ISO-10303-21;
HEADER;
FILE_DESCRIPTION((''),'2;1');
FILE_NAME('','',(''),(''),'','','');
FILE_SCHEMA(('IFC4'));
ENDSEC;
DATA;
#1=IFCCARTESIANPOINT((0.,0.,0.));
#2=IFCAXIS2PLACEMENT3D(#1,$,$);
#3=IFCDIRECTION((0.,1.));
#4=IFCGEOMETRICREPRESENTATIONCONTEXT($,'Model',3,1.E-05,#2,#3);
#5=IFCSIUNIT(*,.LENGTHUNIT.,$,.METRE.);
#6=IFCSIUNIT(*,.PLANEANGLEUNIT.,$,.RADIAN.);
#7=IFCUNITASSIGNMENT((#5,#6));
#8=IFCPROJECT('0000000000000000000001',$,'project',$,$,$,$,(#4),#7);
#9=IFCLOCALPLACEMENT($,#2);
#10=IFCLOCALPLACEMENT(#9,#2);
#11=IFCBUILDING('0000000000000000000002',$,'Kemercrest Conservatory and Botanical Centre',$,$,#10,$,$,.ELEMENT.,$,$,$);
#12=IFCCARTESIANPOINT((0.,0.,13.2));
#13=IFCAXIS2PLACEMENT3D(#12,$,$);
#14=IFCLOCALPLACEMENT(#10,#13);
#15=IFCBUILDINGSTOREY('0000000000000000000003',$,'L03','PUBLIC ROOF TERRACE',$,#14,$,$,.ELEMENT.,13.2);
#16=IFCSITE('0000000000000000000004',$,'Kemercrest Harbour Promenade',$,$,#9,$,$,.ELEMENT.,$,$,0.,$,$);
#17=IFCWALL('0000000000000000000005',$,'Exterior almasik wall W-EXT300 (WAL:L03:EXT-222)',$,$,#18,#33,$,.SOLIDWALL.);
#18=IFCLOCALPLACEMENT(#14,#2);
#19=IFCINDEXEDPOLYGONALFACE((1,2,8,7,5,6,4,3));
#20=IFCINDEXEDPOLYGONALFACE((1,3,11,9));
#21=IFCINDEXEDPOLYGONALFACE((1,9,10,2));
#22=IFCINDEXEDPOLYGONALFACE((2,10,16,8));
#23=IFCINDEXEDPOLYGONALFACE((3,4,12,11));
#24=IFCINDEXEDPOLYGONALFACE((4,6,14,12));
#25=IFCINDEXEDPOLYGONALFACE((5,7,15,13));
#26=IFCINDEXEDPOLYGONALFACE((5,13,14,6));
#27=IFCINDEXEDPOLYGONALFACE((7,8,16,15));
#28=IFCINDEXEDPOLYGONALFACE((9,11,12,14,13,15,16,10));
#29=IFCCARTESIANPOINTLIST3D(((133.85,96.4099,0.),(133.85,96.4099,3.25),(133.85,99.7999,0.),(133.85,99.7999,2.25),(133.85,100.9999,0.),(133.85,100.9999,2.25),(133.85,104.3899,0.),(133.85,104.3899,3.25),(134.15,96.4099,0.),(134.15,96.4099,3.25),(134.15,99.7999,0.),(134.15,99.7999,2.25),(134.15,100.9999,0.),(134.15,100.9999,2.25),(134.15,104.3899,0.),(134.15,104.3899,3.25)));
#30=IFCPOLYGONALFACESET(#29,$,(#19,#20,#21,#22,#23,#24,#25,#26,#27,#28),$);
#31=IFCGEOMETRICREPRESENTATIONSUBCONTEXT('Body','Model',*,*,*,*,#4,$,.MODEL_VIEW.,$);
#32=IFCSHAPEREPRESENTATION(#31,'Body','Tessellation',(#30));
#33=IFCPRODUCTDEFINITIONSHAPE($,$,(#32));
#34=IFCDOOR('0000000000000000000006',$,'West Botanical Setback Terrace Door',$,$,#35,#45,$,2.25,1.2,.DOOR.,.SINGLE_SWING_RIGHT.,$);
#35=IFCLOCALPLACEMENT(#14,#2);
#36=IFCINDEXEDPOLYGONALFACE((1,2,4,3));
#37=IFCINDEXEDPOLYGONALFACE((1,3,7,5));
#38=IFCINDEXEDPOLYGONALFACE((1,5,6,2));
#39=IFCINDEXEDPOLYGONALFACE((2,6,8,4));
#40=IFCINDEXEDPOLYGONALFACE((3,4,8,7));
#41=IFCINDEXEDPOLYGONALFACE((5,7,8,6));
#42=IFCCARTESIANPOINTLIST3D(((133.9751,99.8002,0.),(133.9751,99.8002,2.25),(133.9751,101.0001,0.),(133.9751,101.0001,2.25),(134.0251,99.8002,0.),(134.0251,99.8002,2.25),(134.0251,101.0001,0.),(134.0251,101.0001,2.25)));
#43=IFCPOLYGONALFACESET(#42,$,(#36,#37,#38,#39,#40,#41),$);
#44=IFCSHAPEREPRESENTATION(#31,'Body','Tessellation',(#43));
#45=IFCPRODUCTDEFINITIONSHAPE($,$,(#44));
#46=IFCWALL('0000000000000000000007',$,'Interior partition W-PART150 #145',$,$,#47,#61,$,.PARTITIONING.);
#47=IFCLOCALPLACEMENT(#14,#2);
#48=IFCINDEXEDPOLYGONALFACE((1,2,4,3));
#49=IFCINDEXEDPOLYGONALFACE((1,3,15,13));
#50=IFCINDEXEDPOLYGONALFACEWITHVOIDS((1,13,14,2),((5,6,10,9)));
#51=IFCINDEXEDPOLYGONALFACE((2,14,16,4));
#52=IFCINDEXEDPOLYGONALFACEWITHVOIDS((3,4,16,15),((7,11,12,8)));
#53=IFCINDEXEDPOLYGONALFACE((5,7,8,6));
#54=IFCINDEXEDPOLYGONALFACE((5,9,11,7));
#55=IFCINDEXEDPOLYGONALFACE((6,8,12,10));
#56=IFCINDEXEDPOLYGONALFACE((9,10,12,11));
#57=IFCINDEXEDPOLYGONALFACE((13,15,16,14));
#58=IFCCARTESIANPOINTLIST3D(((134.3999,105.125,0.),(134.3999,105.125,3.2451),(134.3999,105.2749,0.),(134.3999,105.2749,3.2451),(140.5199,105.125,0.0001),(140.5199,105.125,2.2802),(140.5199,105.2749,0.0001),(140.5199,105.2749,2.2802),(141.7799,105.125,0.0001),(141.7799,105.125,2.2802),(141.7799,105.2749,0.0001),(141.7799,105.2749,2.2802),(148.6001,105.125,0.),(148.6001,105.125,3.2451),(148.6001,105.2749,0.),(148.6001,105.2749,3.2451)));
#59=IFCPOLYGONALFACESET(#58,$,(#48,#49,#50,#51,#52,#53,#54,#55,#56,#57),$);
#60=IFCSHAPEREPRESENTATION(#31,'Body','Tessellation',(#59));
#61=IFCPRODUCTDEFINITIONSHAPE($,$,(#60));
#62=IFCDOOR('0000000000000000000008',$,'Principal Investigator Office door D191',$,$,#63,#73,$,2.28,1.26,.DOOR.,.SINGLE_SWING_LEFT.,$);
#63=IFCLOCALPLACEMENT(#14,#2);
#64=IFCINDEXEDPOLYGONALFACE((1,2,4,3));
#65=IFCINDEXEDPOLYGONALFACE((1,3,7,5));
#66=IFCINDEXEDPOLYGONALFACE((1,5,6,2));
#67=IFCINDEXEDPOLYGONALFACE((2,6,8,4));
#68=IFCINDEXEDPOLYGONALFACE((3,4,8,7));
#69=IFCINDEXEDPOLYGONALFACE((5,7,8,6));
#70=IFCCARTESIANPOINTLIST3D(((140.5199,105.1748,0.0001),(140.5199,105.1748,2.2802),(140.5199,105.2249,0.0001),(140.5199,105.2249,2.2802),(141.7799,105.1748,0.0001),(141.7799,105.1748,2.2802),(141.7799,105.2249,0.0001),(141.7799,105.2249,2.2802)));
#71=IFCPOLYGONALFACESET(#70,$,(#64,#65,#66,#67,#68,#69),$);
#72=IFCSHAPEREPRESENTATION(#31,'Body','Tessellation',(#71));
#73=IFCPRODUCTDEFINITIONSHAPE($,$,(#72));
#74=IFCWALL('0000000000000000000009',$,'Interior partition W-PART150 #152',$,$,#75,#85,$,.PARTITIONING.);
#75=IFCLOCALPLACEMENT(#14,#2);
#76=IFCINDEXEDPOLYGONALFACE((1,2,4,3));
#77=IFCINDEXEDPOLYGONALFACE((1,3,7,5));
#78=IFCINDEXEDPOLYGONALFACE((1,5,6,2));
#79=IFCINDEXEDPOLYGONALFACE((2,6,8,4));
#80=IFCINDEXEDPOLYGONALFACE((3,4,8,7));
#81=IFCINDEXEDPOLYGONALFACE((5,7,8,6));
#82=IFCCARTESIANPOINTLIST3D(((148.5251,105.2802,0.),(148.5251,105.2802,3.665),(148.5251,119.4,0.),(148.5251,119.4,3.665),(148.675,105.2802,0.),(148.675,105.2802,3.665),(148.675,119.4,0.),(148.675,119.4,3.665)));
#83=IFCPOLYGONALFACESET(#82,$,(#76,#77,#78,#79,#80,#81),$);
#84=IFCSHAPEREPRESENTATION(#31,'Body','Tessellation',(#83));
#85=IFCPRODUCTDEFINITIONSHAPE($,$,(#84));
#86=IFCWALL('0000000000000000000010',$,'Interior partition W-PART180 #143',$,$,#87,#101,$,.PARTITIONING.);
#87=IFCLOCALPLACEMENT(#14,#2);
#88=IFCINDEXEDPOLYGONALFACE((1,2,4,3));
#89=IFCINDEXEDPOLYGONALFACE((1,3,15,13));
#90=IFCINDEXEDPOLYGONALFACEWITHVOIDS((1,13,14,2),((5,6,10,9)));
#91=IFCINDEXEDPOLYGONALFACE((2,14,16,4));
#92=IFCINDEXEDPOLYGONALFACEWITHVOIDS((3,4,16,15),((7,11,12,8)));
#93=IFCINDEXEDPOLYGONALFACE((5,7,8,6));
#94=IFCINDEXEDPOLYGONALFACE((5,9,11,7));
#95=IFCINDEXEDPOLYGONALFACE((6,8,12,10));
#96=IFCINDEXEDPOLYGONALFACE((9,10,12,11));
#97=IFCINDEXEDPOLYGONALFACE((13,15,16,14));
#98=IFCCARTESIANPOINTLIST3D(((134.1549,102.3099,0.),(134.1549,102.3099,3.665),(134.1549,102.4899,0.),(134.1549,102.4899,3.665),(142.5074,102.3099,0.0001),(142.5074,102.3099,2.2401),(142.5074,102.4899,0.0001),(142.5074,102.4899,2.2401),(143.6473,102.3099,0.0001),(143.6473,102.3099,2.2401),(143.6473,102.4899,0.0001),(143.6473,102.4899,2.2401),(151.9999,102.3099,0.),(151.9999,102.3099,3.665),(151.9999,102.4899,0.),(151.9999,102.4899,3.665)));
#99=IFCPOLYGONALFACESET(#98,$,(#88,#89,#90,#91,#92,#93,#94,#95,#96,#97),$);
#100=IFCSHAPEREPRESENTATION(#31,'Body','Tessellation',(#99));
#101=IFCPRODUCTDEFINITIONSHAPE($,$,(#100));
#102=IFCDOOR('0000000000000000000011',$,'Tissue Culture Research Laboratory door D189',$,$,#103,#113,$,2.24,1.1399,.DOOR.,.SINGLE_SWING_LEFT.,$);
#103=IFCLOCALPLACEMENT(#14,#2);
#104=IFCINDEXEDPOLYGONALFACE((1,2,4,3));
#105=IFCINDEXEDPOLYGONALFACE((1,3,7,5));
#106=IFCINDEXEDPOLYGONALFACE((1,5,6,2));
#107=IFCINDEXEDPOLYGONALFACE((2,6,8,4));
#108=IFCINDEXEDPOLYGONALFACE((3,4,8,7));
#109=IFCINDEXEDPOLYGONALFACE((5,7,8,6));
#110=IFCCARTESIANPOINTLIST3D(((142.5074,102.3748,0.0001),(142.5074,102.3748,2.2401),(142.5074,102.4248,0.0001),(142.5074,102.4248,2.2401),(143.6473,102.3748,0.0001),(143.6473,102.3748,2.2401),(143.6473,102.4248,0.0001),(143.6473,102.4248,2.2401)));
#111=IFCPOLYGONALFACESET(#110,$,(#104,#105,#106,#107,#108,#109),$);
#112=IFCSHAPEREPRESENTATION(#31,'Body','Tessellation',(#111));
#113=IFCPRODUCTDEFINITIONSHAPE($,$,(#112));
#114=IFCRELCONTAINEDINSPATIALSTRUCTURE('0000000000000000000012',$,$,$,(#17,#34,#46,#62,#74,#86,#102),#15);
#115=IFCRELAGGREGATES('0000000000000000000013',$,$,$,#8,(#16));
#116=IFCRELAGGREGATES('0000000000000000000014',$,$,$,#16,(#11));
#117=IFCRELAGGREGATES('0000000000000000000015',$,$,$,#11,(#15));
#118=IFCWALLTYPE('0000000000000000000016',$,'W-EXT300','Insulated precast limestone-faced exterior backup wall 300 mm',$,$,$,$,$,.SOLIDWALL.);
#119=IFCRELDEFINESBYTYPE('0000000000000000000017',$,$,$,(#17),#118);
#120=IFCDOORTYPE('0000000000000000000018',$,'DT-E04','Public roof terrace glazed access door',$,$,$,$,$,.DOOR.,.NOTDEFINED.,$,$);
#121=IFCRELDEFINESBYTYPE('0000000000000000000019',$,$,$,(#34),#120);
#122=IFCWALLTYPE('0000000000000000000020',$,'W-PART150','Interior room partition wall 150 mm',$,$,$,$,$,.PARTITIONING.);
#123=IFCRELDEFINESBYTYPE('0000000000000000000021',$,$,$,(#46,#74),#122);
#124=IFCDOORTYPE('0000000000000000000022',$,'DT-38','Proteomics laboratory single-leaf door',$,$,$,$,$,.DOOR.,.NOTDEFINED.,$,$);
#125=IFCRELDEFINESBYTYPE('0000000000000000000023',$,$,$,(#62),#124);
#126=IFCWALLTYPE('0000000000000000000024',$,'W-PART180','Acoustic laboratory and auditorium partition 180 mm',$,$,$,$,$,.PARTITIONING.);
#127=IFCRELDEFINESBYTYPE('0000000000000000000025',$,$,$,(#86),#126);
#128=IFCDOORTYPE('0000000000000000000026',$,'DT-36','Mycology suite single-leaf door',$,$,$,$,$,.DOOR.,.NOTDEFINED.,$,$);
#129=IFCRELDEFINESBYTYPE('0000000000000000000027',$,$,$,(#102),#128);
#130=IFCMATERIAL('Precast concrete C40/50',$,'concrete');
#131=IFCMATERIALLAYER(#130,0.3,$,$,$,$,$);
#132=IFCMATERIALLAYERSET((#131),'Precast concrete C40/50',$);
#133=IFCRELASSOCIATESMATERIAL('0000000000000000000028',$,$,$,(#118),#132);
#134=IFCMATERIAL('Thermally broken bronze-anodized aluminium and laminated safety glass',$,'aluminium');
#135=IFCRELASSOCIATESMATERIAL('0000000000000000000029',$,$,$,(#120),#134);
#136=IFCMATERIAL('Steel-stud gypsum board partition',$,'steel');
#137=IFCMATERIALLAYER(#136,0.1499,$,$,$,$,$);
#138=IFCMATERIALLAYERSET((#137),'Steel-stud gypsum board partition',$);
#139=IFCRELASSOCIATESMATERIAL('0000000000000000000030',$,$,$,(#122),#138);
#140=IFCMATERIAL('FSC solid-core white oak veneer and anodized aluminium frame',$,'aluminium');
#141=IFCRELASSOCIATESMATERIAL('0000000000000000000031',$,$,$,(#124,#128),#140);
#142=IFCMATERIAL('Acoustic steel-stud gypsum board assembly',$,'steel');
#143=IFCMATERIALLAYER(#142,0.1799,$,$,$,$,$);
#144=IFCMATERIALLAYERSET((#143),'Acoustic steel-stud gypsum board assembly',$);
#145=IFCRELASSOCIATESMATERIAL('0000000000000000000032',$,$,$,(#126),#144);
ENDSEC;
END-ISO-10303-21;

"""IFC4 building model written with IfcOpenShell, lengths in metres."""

from ifc_helpers import new_model, si_unit, direction, frame, frame_2d, origin, place, context, subcontext, project, spatial, rectangle, extrude, material, layer, layer_set, type_object, element, fill, save


model = new_model("IFC4")

# Units and contexts
model_context = context("Model", 3, precision=1e-05, world=origin(), true_north=direction((0.0, 1.0)))
body_context = subcontext(model_context, "Body", "Model", "MODEL_VIEW")
ifc_project = project(units=[si_unit("LENGTHUNIT", "METRE"), si_unit("PLANEANGLEUNIT", "RADIAN")], contexts=[model_context])

# Site, building, storey
site_placement = place(None, origin())
site = spatial("IfcSite", under=ifc_project, at=site_placement, Name="Kemercrest Harbour Promenade", CompositionType="ELEMENT", RefElevation=0.0)
building_placement = place(site_placement, origin())
building = spatial("IfcBuilding", under=site, at=building_placement, Name="Kemercrest Conservatory and Botanical Centre", CompositionType="ELEMENT")
storey_placement = place(building_placement, frame((0.0, 0.0, 13.2)))
storey = spatial("IfcBuildingStorey", under=building, at=storey_placement, Name="L03", Description="PUBLIC ROOF TERRACE", CompositionType="ELEMENT", Elevation=13.2)

# Walls, openings, doors
ifc_material_1 = material(Name="Precast concrete C40/50", Category="concrete")
ifc_layer_1 = layer(ifc_material_1, 0.3)
ifc_layer_set_1 = layer_set([ifc_layer_1], Name="Precast concrete C40/50")
wall_type_1 = type_object("IfcWallType", Name="W-EXT300", Description="Insulated precast limestone-faced exterior backup wall 300 mm", PredefinedType="SOLIDWALL", material=ifc_layer_set_1)
wall_1_placement = place(storey_placement, frame((134.0, 104.3899, 0.0), z_axis=(0.0, 0.0, 1.0), x_axis=(0.0, -1.0, 0.0)))
wall_1 = element("IfcWall", 1, at=wall_1_placement, inside=storey, type_object=wall_type_1, Name="Exterior almasik wall W-EXT300 (WAL:L03:EXT-222)", PredefinedType="SOLIDWALL", context=body_context, shape_type="SweptSolid", body=[
    extrude(rectangle(XDim=7.98, YDim=0.3, at=frame_2d((3.99, 0.0))), origin(), (0.0, 0.0, 1.0), 3.25),
])
opening_1_placement = place(wall_1_placement, frame((3.3899, 0.0, 0.0)))
opening_1 = element("IfcOpeningElement", 2, at=opening_1_placement, cuts=wall_1, PredefinedType="OPENING", context=body_context, shape_type="SweptSolid", body=[
    extrude(rectangle(XDim=1.2, YDim=2.25, at=frame_2d((0.6001, 1.125))), frame((0.0, 0.1602, 0.0), z_axis=(0.0, -1.0, 0.0), x_axis=(1.0, 0.0, 0.0)), (0.0, 0.0, 1.0), 0.3201),
])
ifc_material_2 = material(Name="Thermally broken bronze-anodized aluminium and laminated safety glass", Category="aluminium")
door_type_1 = type_object("IfcDoorType", Name="DT-E04", Description="Public roof terrace glazed access door", OperationType="NOTDEFINED", PredefinedType="DOOR", material=ifc_material_2)
door_1_placement = place(opening_1_placement, frame((1.2, 0.0, 0.0), z_axis=(0.0, 0.0, 1.0), x_axis=(-1.0, 0.0, 0.0)))
door_1 = element("IfcDoor", 3, at=door_1_placement, inside=storey, type_object=door_type_1, Name="West Botanical Setback Terrace Door", OperationType="SINGLE_SWING_RIGHT", OverallHeight=2.25, OverallWidth=1.2, PredefinedType="DOOR", context=body_context, shape_type="SweptSolid", body=[
    extrude(rectangle(XDim=1.2, YDim=2.25, at=frame_2d((0.6001, 1.125))), frame((0.0, 0.0249, 0.0), z_axis=(0.0, -1.0, 0.0), x_axis=(1.0, 0.0, 0.0)), (0.0, 0.0, 1.0), 0.05),
])
fill(opening_1, door_1)
ifc_material_3 = material(Name="Steel-stud gypsum board partition", Category="steel")
ifc_layer_2 = layer(ifc_material_3, 0.1499)
ifc_layer_set_2 = layer_set([ifc_layer_2], Name="Steel-stud gypsum board partition")
wall_type_2 = type_object("IfcWallType", Name="W-PART150", Description="Interior room partition wall 150 mm", PredefinedType="PARTITIONING", material=ifc_layer_set_2)
wall_2_placement = place(storey_placement, frame((134.3999, 105.2, 0.0), z_axis=(0.0, 0.0, 1.0), x_axis=(1.0, 0.0, 0.0)))
wall_2 = element("IfcWall", 4, at=wall_2_placement, inside=storey, type_object=wall_type_2, Name="Interior partition W-PART150 #145", PredefinedType="PARTITIONING", context=body_context, shape_type="SweptSolid", body=[
    extrude(rectangle(XDim=14.2002, YDim=0.1499, at=frame_2d((7.1001, 0.0))), origin(), (0.0, 0.0, 1.0), 3.2451),
])
opening_2_placement = place(wall_2_placement, frame((6.1201, 0.0, 0.0)))
opening_2 = element("IfcOpeningElement", 5, at=opening_2_placement, cuts=wall_2, PredefinedType="OPENING", context=body_context, shape_type="SweptSolid", body=[
    extrude(rectangle(XDim=1.26, YDim=2.28, at=frame_2d((0.6299, 1.1401))), frame((0.0, 0.085, 0.0), z_axis=(0.0, -1.0, 0.0), x_axis=(1.0, 0.0, 0.0)), (0.0, 0.0, 1.0), 0.1699),
])
ifc_material_4 = material(Name="FSC solid-core white oak veneer and anodized aluminium frame", Category="aluminium")
door_type_2 = type_object("IfcDoorType", Name="DT-38", Description="Proteomics laboratory single-leaf door", OperationType="NOTDEFINED", PredefinedType="DOOR", material=ifc_material_4)
door_2_placement = place(opening_2_placement, origin())
door_2 = element("IfcDoor", 6, at=door_2_placement, inside=storey, type_object=door_type_2, Name="Principal Investigator Office door D191", OperationType="SINGLE_SWING_LEFT", OverallHeight=2.28, OverallWidth=1.26, PredefinedType="DOOR", context=body_context, shape_type="SweptSolid", body=[
    extrude(rectangle(XDim=1.26, YDim=2.28, at=frame_2d((0.6299, 1.1401))), frame((0.0, 0.0249, 0.0), z_axis=(0.0, -1.0, 0.0), x_axis=(1.0, 0.0, 0.0)), (0.0, 0.0, 1.0), 0.05),
])
fill(opening_2, door_2)

# Wall
wall_3_placement = place(storey_placement, frame((148.6001, 105.28, 0.0), z_axis=(0.0, 0.0, 1.0), x_axis=(0.0, 1.0, 0.0)))
element("IfcWall", 7, at=wall_3_placement, inside=storey, type_object=wall_type_2, Name="Interior partition W-PART150 #152", PredefinedType="PARTITIONING", context=body_context, shape_type="SweptSolid", body=[
    extrude(rectangle(XDim=14.1199, YDim=0.1499, at=frame_2d((7.0601, 0.0))), origin(), (0.0, 0.0, 1.0), 3.665),
])

# Wall, opening, door
ifc_material_5 = material(Name="Acoustic steel-stud gypsum board assembly", Category="steel")
ifc_layer_3 = layer(ifc_material_5, 0.1799)
ifc_layer_set_3 = layer_set([ifc_layer_3], Name="Acoustic steel-stud gypsum board assembly")
wall_type_3 = type_object("IfcWallType", Name="W-PART180", Description="Acoustic laboratory and auditorium partition 180 mm", PredefinedType="PARTITIONING", material=ifc_layer_set_3)
wall_4_placement = place(storey_placement, frame((134.155, 102.3999, 0.0), z_axis=(0.0, 0.0, 1.0), x_axis=(1.0, 0.0, 0.0)))
wall_4 = element("IfcWall", 8, at=wall_4_placement, inside=storey, type_object=wall_type_3, Name="Interior partition W-PART180 #143", PredefinedType="PARTITIONING", context=body_context, shape_type="SweptSolid", body=[
    extrude(rectangle(XDim=17.845, YDim=0.1799, at=frame_2d((8.9224, 0.0))), origin(), (0.0, 0.0, 1.0), 3.665),
])
opening_3_placement = place(wall_4_placement, frame((8.3525, 0.0, 0.0)))
opening_3 = element("IfcOpeningElement", 9, at=opening_3_placement, cuts=wall_4, PredefinedType="OPENING", context=body_context, shape_type="SweptSolid", body=[
    extrude(rectangle(XDim=1.1399, YDim=2.24, at=frame_2d((0.5698, 1.1201))), frame((0.0, 0.1001, 0.0), z_axis=(0.0, -1.0, 0.0), x_axis=(1.0, 0.0, 0.0)), (0.0, 0.0, 1.0), 0.2),
])
door_type_3 = type_object("IfcDoorType", Name="DT-36", Description="Mycology suite single-leaf door", OperationType="NOTDEFINED", PredefinedType="DOOR", material=ifc_material_4)
door_3_placement = place(opening_3_placement, origin())
door_3 = element("IfcDoor", 10, at=door_3_placement, inside=storey, type_object=door_type_3, Name="Tissue Culture Research Laboratory door D189", OperationType="SINGLE_SWING_LEFT", OverallHeight=2.24, OverallWidth=1.1399, PredefinedType="DOOR", context=body_context, shape_type="SweptSolid", body=[
    extrude(rectangle(XDim=1.1399, YDim=2.24, at=frame_2d((0.5698, 1.1201))), frame((0.0, 0.0249, 0.0), z_axis=(0.0, -1.0, 0.0), x_axis=(1.0, 0.0, 0.0)), (0.0, 0.0, 1.0), 0.05),
])
fill(opening_3, door_3)

save(model, "model.ifc")
